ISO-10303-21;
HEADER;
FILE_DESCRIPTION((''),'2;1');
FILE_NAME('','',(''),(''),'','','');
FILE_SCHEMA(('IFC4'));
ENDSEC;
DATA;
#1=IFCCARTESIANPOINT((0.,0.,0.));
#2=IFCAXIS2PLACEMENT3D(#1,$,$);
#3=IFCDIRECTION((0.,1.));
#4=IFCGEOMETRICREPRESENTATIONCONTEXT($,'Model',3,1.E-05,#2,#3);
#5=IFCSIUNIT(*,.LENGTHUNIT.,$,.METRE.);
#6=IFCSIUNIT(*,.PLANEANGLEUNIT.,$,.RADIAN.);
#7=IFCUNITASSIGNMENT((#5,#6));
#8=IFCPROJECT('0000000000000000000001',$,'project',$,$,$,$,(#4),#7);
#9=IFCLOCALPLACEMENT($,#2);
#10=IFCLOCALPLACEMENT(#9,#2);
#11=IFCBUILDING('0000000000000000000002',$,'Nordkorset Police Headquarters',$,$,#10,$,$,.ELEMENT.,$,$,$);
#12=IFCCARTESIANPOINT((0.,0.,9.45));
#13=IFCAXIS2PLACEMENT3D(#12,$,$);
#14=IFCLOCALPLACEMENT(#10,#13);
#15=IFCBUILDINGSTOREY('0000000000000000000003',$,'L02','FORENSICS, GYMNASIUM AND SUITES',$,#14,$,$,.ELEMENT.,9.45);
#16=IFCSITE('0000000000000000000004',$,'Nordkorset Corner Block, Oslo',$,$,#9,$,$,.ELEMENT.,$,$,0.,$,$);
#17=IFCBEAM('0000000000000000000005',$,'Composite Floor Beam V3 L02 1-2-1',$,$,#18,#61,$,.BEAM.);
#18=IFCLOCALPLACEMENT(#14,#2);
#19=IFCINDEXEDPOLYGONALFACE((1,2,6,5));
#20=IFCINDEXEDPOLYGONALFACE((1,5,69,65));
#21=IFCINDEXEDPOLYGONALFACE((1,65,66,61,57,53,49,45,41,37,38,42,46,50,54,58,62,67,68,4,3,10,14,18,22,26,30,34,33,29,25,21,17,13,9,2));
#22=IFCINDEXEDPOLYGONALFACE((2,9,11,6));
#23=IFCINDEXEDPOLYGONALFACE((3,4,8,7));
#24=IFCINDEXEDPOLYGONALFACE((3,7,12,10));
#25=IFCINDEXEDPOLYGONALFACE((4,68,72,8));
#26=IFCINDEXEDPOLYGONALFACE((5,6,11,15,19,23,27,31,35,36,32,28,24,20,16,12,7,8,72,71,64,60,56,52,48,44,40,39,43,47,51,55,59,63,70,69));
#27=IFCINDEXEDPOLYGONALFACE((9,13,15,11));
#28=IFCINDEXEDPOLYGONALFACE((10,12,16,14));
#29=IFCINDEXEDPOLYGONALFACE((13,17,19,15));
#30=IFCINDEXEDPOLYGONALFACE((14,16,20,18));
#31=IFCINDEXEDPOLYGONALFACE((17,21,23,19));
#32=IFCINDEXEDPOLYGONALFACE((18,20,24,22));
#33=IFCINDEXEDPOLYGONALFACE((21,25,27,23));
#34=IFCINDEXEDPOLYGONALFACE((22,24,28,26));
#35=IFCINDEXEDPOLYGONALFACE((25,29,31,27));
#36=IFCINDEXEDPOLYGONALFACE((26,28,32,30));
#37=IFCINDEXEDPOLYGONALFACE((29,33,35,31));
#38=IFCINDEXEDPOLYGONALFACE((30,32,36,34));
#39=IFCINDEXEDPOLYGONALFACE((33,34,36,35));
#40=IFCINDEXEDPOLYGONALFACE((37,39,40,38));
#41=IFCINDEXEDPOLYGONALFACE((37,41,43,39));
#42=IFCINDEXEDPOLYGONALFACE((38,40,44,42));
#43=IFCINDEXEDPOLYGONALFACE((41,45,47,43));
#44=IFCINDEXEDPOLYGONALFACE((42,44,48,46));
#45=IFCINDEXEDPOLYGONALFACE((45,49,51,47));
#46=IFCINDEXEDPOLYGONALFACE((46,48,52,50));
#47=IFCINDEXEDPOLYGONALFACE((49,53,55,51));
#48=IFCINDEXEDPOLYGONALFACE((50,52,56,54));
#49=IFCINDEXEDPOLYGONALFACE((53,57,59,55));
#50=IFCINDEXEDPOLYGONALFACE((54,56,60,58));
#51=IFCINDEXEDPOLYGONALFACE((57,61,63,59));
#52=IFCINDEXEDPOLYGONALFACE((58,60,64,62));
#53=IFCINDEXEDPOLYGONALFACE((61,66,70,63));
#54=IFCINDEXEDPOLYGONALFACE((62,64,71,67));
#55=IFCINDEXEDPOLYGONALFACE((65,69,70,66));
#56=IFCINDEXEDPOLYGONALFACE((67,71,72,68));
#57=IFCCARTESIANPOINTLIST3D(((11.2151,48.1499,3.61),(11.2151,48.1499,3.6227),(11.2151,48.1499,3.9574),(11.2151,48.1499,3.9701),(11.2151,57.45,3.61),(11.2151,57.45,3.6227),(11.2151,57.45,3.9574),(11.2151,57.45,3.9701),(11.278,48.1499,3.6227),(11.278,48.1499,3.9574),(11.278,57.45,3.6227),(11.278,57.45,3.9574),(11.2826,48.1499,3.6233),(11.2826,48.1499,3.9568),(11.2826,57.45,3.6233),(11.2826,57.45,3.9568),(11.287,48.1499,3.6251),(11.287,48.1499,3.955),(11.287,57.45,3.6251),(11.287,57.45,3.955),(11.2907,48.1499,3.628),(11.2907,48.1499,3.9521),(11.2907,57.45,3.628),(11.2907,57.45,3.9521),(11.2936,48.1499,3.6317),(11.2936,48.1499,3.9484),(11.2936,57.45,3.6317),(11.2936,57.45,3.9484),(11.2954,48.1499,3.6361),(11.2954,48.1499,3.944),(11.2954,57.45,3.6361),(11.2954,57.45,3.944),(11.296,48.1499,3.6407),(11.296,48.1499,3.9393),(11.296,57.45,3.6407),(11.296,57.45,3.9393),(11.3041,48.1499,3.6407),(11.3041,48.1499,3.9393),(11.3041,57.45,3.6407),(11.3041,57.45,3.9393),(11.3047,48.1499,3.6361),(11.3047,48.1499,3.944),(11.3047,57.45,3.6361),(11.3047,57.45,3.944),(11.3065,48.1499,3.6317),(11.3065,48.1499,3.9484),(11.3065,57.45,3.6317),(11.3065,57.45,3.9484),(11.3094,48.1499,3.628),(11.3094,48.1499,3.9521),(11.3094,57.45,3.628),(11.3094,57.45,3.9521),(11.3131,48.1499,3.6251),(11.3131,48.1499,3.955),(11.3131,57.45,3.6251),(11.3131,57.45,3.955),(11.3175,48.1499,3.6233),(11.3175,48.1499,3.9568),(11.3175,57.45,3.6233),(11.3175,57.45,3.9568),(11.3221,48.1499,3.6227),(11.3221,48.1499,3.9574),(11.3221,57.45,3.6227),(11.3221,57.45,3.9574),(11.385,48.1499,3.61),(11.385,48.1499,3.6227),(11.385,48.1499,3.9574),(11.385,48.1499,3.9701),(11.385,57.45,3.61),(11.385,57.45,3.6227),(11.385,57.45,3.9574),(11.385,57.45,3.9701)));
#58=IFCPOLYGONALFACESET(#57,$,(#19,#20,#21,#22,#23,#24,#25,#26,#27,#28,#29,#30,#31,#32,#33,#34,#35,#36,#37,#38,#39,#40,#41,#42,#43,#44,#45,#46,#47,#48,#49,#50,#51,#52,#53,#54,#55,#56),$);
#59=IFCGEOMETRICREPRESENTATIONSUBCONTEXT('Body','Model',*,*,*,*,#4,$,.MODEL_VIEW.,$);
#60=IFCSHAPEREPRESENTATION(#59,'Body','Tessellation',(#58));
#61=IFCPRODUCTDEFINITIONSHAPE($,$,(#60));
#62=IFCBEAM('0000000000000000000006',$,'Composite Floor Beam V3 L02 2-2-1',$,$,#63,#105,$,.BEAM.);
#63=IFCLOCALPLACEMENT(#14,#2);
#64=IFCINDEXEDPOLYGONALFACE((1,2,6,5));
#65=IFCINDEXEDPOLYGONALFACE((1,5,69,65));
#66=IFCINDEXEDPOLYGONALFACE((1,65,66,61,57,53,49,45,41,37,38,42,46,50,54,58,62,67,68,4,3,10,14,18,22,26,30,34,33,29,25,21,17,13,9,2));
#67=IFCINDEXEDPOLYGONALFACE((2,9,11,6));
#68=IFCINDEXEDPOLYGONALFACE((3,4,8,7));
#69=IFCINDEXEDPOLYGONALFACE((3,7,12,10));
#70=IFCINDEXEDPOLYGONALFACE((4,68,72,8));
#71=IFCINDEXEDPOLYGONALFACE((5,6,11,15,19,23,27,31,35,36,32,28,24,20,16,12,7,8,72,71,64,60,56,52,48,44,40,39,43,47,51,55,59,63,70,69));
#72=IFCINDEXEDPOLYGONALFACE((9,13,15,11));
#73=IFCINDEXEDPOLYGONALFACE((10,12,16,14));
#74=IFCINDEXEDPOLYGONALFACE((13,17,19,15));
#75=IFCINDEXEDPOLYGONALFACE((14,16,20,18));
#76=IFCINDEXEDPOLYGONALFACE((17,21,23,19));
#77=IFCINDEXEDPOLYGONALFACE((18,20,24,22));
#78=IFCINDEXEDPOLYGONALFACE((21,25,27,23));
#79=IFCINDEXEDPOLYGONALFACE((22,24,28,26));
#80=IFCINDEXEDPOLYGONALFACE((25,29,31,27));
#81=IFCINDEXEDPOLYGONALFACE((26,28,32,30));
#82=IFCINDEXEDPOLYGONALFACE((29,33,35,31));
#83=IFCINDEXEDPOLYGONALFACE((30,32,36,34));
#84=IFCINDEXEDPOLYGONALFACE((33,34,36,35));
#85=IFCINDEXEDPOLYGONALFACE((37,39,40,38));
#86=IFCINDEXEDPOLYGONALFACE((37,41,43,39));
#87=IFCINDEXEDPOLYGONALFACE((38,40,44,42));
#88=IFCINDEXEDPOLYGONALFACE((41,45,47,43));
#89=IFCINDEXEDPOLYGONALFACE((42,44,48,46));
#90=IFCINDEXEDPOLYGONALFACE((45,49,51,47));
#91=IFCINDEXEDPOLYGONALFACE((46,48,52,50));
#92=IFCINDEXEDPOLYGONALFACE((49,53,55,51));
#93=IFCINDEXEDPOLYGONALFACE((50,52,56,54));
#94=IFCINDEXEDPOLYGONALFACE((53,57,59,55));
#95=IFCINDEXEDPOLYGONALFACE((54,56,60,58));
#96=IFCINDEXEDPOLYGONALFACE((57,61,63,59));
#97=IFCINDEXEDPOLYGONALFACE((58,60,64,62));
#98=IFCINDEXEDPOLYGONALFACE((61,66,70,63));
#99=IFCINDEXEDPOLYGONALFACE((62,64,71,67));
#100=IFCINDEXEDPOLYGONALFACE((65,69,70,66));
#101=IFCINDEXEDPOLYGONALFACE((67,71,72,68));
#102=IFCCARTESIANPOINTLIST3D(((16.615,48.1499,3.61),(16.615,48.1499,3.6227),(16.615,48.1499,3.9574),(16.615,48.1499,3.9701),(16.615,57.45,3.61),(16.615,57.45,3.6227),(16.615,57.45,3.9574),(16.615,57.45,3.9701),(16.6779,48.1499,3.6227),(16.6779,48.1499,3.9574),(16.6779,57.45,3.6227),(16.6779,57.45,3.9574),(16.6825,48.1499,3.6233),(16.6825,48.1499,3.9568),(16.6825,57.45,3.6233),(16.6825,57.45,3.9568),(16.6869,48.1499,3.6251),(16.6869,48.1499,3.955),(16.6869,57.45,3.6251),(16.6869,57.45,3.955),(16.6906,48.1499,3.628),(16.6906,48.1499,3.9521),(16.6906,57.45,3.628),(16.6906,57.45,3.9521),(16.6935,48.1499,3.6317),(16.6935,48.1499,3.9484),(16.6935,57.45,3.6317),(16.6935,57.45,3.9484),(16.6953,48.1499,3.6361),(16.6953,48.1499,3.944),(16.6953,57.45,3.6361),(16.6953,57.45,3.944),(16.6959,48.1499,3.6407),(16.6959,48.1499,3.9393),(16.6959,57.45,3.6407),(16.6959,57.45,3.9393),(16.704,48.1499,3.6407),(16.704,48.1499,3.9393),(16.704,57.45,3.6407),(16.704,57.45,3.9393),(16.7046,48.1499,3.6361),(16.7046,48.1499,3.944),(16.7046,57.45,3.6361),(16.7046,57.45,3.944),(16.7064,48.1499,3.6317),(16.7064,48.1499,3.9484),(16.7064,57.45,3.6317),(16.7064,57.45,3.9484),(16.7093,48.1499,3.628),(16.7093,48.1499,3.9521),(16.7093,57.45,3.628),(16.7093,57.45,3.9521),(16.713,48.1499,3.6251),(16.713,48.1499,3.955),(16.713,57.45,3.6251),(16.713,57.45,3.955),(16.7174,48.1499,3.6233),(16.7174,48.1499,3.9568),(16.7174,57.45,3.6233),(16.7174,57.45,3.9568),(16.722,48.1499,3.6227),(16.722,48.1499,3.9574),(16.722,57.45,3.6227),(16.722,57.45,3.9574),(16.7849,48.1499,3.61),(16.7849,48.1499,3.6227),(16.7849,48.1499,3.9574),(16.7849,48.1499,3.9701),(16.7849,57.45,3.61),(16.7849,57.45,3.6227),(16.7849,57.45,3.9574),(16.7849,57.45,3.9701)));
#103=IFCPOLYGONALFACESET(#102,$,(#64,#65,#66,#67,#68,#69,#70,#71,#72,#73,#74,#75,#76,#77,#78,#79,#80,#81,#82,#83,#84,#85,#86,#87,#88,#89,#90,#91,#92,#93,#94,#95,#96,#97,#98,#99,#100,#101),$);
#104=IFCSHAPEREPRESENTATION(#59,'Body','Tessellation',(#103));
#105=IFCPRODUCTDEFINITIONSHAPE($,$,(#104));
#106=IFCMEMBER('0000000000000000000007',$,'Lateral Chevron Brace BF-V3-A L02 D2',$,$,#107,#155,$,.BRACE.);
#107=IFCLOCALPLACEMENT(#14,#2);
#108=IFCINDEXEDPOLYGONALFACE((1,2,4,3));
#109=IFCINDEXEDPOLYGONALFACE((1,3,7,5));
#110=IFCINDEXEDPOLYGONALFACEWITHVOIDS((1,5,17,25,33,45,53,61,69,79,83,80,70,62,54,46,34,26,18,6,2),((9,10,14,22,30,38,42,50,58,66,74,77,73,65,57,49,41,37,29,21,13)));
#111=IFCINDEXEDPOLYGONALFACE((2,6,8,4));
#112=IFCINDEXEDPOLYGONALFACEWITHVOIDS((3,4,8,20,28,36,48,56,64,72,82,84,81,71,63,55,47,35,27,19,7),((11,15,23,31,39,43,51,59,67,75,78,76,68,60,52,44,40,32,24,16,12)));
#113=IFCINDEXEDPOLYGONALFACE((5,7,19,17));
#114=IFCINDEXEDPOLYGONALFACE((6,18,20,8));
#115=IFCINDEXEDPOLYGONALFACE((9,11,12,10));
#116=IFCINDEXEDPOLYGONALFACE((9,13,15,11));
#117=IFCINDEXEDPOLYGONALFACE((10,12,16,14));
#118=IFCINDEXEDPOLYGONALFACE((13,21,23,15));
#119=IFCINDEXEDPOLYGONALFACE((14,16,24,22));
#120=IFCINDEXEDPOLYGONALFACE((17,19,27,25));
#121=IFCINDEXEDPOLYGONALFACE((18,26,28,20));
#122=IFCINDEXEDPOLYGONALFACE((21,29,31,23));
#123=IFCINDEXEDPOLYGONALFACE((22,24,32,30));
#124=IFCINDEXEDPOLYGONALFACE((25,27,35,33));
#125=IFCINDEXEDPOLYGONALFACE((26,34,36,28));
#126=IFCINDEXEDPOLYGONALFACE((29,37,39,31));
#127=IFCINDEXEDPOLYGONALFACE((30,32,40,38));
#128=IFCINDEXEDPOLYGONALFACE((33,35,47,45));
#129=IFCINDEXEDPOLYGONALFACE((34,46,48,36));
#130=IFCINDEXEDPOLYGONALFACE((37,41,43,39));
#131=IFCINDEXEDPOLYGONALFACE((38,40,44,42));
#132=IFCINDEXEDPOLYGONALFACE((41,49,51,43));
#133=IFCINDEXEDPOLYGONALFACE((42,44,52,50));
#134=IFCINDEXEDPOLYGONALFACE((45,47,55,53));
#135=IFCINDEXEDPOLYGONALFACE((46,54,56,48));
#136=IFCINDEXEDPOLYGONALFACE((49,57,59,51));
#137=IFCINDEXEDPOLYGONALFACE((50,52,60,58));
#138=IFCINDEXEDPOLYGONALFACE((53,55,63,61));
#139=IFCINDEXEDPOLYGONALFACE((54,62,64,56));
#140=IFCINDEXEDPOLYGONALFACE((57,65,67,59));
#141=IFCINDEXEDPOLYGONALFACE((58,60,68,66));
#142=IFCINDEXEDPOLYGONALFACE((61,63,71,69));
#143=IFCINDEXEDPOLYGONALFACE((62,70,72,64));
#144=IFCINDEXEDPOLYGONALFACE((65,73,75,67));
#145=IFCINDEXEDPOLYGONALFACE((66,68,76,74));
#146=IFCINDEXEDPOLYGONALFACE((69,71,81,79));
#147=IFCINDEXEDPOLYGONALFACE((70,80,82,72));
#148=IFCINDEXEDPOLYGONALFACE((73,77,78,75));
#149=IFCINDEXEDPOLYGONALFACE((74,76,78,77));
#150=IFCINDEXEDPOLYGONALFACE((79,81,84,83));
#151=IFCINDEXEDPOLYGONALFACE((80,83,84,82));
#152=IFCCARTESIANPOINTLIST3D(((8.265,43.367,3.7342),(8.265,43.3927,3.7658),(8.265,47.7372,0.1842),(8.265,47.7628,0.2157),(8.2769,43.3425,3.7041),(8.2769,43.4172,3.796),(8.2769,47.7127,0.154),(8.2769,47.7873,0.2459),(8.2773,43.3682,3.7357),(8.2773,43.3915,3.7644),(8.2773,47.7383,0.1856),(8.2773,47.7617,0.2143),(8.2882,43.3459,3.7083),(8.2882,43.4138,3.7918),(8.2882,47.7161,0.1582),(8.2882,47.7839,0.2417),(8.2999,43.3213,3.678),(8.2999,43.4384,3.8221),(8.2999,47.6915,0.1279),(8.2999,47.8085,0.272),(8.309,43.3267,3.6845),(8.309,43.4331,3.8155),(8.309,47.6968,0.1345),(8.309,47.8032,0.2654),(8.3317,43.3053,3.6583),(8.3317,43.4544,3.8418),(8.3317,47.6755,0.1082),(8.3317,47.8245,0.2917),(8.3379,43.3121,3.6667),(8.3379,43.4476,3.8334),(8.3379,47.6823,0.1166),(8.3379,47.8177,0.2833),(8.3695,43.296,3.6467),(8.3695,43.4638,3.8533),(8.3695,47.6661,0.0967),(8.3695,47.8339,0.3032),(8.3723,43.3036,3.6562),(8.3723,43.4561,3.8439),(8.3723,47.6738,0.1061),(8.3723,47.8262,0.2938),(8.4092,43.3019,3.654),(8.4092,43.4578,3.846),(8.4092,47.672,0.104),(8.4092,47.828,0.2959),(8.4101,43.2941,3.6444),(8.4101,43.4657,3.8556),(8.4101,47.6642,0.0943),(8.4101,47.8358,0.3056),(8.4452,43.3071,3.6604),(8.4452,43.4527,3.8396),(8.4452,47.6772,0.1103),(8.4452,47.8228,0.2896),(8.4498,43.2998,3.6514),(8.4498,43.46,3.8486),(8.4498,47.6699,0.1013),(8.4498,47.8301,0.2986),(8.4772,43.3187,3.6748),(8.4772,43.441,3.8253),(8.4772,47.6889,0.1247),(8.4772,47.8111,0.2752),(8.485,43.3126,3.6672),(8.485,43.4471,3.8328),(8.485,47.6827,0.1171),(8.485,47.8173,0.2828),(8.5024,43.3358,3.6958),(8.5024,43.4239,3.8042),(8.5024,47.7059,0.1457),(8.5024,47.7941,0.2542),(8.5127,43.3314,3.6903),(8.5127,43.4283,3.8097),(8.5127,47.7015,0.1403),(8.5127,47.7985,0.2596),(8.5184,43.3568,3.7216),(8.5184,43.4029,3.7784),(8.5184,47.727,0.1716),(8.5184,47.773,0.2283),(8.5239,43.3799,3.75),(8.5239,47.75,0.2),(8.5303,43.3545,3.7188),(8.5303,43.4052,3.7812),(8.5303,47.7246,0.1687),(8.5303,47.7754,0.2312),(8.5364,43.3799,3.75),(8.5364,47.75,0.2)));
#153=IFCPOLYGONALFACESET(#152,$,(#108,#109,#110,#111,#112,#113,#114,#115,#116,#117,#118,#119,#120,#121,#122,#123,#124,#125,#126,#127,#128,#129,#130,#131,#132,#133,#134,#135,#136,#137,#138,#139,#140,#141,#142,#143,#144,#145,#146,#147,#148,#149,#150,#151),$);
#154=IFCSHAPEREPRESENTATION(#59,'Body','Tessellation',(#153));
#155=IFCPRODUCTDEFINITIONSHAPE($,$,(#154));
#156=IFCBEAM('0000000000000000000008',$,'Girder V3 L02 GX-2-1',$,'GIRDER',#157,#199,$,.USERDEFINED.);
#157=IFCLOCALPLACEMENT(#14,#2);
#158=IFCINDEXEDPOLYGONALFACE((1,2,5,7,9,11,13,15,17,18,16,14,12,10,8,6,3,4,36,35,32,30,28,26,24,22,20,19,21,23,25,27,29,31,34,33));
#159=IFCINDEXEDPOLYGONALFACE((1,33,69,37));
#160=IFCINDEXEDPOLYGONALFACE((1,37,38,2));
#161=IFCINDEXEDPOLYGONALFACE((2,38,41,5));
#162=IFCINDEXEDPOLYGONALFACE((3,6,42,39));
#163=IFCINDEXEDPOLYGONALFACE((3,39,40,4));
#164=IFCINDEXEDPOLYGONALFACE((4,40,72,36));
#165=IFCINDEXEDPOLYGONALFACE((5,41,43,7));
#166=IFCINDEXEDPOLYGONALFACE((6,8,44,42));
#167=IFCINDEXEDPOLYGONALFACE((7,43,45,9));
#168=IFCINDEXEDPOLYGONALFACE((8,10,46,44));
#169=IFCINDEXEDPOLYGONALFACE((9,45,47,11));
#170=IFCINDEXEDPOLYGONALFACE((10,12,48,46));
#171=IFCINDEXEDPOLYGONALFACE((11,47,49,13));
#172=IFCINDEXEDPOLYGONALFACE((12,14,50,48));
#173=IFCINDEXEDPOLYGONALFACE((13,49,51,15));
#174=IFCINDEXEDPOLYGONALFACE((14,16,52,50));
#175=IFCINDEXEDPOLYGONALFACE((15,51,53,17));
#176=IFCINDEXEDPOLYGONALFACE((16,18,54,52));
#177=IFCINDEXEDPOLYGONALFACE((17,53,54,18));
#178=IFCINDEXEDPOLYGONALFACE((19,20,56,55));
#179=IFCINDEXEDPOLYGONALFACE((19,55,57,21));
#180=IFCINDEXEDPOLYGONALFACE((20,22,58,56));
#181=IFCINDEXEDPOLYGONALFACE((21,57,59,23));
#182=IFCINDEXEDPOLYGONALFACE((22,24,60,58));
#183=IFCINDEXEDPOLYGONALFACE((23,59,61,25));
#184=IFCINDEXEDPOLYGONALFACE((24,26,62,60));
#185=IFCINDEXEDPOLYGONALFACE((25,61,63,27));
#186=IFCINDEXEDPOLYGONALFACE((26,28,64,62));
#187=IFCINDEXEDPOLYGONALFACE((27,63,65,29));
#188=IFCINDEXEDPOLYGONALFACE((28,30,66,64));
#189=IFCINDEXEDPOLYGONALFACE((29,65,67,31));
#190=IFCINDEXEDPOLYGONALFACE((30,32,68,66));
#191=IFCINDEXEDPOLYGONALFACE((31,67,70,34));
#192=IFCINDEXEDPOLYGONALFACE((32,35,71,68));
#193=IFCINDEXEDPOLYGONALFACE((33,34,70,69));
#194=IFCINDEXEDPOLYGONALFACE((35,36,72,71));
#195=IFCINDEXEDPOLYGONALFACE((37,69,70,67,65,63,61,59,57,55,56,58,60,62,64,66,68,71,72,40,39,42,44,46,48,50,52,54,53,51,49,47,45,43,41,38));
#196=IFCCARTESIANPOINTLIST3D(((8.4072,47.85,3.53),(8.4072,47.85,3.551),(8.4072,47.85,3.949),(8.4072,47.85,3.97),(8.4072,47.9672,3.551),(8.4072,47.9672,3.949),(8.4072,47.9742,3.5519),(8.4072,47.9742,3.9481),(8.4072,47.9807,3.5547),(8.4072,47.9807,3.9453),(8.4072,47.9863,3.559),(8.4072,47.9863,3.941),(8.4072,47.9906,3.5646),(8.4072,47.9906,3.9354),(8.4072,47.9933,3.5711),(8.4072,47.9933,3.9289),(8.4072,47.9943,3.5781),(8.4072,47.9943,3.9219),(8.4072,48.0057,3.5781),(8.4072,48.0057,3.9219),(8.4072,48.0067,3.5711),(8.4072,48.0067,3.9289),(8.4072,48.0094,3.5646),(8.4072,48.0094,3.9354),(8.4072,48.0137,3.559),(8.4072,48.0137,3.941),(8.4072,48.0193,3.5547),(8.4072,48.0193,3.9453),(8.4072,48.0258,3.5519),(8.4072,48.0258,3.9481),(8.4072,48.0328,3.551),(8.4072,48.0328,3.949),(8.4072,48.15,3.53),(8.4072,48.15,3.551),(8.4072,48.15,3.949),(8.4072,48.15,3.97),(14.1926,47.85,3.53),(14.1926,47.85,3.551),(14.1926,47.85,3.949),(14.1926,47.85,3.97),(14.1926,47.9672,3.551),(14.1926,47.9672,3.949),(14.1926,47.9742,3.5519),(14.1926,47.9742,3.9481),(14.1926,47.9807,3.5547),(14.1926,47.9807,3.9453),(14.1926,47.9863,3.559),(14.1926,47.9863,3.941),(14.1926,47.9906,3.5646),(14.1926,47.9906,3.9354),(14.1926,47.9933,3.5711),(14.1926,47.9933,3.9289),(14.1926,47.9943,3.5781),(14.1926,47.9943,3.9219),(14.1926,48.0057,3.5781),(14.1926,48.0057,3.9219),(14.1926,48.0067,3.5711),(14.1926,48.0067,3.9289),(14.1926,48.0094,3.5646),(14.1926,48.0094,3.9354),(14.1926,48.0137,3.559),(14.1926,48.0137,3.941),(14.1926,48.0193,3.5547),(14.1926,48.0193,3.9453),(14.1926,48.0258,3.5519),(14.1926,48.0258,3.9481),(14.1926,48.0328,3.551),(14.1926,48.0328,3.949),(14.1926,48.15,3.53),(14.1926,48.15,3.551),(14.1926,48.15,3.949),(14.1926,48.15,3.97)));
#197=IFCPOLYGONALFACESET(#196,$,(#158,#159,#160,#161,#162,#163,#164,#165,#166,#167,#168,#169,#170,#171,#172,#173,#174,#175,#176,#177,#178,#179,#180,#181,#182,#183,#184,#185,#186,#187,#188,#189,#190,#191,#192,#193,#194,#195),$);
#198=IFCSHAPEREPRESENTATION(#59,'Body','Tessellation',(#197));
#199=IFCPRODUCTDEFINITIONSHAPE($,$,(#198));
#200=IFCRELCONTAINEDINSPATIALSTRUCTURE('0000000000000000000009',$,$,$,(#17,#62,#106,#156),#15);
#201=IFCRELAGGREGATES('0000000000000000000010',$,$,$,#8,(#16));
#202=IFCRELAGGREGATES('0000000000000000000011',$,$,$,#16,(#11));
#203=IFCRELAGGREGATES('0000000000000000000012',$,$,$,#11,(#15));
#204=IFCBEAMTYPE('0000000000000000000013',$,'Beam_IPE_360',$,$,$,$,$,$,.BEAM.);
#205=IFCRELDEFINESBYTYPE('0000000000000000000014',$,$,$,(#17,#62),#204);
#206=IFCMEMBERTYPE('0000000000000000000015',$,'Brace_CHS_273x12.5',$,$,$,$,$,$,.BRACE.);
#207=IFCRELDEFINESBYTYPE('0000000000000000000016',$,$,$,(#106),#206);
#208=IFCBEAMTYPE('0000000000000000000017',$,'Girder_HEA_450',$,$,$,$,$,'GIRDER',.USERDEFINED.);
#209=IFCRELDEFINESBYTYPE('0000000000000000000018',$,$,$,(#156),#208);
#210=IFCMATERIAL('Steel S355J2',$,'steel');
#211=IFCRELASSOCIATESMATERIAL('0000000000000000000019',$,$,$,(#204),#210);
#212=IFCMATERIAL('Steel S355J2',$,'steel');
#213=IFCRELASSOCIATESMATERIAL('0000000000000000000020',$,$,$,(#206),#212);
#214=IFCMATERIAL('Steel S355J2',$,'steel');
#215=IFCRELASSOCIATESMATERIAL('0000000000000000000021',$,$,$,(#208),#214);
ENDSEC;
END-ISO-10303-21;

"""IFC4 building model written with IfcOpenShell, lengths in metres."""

from ifc_helpers import new_model, si_unit, direction, frame, origin, origin_2d, place, context, subcontext, project, spatial, hollow_circle, i_section, extrude, material, material_profile, profile_set, type_object, element, save


model = new_model("IFC4")

# Units and contexts
model_context = context("Model", 3, precision=1e-05, world=origin(), true_north=direction((0.0, 1.0)))
body_context = subcontext(model_context, "Body", "Model", "MODEL_VIEW")
ifc_project = project(units=[si_unit("LENGTHUNIT", "METRE"), si_unit("PLANEANGLEUNIT", "RADIAN")], contexts=[model_context])

# Site, building, storey
site_placement = place(None, origin())
site = spatial("IfcSite", under=ifc_project, at=site_placement, Name="Nordkorset Corner Block, Oslo", CompositionType="ELEMENT", RefElevation=0.0)
building_placement = place(site_placement, origin())
building = spatial("IfcBuilding", under=site, at=building_placement, Name="Nordkorset Police Headquarters", CompositionType="ELEMENT")
storey_placement = place(building_placement, frame((0.0, 0.0, 9.45)))
storey = spatial("IfcBuildingStorey", under=building, at=storey_placement, Name="L02", Description="FORENSICS, GYMNASIUM AND SUITES", CompositionType="ELEMENT", Elevation=9.45)

# Beams
ifc_material_1 = material(Name="Steel S355J2", Category="steel")
ifc_material_profile_1 = material_profile(ifc_material_1, i_section(OverallWidth=0.1699, OverallDepth=0.3601, WebThickness=0.0081, FlangeThickness=0.0127, FilletRadius=0.0181, at=origin_2d()), Name="IPE 360")
ifc_profile_set_1 = profile_set([ifc_material_profile_1], Name="Steel S355J2")
beam_type_1 = type_object("IfcBeamType", Name="Beam_IPE_360", PredefinedType="BEAM", material=ifc_profile_set_1)
for number, where, z_axis, x_axis, name in (
    (1, (11.3, 48.1499, 3.79), (0.0, 1.0, 0.0), (-1.0, 0.0, 0.0), "Composite Floor Beam V3 L02 1-2-1"),
    (2, (16.7, 48.1499, 3.79), (0.0, 1.0, 0.0), (-1.0, 0.0, 0.0), "Composite Floor Beam V3 L02 2-2-1"),
):
    element("IfcBeam", number, at=place(storey_placement, frame(where, z_axis=z_axis, x_axis=x_axis)), inside=storey, type_object=beam_type_1, Name=name, PredefinedType="BEAM", context=body_context, shape_type="SweptSolid", body=[
        extrude(i_section(OverallWidth=0.1699, OverallDepth=0.3601, WebThickness=0.0081, FlangeThickness=0.0127, FilletRadius=0.0181, at=origin_2d()), origin(), (0.0, 0.0, 1.0), 9.3),
    ])

# Member
ifc_material_2 = material(Name="Steel S355J2", Category="steel")
ifc_material_profile_2 = material_profile(ifc_material_2, hollow_circle(Radius=0.1365, WallThickness=0.0125, at=origin_2d()), Name="CHS 273x12.5")
ifc_profile_set_2 = profile_set([ifc_material_profile_2], Name="Steel S355J2")
member_type = type_object("IfcMemberType", Name="Brace_CHS_273x12.5", PredefinedType="BRACE", material=ifc_profile_set_2)
member_placement = place(storey_placement, frame((8.3999, 47.75, 0.2), z_axis=(0.0, -0.776172, 0.630521), x_axis=(1.0, 0.0, 0.0)))
element("IfcMember", 3, at=member_placement, inside=storey, type_object=member_type, Name="Lateral Chevron Brace BF-V3-A L02 D2", PredefinedType="BRACE", context=body_context, shape_type="SweptSolid", body=[
    extrude(hollow_circle(Radius=0.1365, WallThickness=0.0125, at=origin_2d()), origin(), (0.0, 0.0, 1.0), 5.6304),
])

# Beam
ifc_material_3 = material(Name="Steel S355J2", Category="steel")
ifc_material_profile_3 = material_profile(ifc_material_3, i_section(OverallWidth=0.3, OverallDepth=0.4399, WebThickness=0.0115, FlangeThickness=0.021, FilletRadius=0.0271, at=origin_2d()), Name="HEA 450")
ifc_profile_set_3 = profile_set([ifc_material_profile_3], Name="Steel S355J2")
beam_type_2 = type_object("IfcBeamType", Name="Girder_HEA_450", ElementType="GIRDER", PredefinedType="USERDEFINED", material=ifc_profile_set_3)
beam_1_placement = place(storey_placement, frame((8.4072, 48.0, 3.75), z_axis=(1.0, 0.0, 0.0), x_axis=(0.0, 1.0, 0.0)))
element("IfcBeam", 4, at=beam_1_placement, inside=storey, type_object=beam_type_2, Name="Girder V3 L02 GX-2-1", ObjectType="GIRDER", PredefinedType="USERDEFINED", context=body_context, shape_type="SweptSolid", body=[
    extrude(i_section(OverallWidth=0.3, OverallDepth=0.4399, WebThickness=0.0115, FlangeThickness=0.021, FilletRadius=0.0271, at=origin_2d()), origin(), (0.0, 0.0, 1.0), 5.7854),
])

save(model, "model.ifc")
